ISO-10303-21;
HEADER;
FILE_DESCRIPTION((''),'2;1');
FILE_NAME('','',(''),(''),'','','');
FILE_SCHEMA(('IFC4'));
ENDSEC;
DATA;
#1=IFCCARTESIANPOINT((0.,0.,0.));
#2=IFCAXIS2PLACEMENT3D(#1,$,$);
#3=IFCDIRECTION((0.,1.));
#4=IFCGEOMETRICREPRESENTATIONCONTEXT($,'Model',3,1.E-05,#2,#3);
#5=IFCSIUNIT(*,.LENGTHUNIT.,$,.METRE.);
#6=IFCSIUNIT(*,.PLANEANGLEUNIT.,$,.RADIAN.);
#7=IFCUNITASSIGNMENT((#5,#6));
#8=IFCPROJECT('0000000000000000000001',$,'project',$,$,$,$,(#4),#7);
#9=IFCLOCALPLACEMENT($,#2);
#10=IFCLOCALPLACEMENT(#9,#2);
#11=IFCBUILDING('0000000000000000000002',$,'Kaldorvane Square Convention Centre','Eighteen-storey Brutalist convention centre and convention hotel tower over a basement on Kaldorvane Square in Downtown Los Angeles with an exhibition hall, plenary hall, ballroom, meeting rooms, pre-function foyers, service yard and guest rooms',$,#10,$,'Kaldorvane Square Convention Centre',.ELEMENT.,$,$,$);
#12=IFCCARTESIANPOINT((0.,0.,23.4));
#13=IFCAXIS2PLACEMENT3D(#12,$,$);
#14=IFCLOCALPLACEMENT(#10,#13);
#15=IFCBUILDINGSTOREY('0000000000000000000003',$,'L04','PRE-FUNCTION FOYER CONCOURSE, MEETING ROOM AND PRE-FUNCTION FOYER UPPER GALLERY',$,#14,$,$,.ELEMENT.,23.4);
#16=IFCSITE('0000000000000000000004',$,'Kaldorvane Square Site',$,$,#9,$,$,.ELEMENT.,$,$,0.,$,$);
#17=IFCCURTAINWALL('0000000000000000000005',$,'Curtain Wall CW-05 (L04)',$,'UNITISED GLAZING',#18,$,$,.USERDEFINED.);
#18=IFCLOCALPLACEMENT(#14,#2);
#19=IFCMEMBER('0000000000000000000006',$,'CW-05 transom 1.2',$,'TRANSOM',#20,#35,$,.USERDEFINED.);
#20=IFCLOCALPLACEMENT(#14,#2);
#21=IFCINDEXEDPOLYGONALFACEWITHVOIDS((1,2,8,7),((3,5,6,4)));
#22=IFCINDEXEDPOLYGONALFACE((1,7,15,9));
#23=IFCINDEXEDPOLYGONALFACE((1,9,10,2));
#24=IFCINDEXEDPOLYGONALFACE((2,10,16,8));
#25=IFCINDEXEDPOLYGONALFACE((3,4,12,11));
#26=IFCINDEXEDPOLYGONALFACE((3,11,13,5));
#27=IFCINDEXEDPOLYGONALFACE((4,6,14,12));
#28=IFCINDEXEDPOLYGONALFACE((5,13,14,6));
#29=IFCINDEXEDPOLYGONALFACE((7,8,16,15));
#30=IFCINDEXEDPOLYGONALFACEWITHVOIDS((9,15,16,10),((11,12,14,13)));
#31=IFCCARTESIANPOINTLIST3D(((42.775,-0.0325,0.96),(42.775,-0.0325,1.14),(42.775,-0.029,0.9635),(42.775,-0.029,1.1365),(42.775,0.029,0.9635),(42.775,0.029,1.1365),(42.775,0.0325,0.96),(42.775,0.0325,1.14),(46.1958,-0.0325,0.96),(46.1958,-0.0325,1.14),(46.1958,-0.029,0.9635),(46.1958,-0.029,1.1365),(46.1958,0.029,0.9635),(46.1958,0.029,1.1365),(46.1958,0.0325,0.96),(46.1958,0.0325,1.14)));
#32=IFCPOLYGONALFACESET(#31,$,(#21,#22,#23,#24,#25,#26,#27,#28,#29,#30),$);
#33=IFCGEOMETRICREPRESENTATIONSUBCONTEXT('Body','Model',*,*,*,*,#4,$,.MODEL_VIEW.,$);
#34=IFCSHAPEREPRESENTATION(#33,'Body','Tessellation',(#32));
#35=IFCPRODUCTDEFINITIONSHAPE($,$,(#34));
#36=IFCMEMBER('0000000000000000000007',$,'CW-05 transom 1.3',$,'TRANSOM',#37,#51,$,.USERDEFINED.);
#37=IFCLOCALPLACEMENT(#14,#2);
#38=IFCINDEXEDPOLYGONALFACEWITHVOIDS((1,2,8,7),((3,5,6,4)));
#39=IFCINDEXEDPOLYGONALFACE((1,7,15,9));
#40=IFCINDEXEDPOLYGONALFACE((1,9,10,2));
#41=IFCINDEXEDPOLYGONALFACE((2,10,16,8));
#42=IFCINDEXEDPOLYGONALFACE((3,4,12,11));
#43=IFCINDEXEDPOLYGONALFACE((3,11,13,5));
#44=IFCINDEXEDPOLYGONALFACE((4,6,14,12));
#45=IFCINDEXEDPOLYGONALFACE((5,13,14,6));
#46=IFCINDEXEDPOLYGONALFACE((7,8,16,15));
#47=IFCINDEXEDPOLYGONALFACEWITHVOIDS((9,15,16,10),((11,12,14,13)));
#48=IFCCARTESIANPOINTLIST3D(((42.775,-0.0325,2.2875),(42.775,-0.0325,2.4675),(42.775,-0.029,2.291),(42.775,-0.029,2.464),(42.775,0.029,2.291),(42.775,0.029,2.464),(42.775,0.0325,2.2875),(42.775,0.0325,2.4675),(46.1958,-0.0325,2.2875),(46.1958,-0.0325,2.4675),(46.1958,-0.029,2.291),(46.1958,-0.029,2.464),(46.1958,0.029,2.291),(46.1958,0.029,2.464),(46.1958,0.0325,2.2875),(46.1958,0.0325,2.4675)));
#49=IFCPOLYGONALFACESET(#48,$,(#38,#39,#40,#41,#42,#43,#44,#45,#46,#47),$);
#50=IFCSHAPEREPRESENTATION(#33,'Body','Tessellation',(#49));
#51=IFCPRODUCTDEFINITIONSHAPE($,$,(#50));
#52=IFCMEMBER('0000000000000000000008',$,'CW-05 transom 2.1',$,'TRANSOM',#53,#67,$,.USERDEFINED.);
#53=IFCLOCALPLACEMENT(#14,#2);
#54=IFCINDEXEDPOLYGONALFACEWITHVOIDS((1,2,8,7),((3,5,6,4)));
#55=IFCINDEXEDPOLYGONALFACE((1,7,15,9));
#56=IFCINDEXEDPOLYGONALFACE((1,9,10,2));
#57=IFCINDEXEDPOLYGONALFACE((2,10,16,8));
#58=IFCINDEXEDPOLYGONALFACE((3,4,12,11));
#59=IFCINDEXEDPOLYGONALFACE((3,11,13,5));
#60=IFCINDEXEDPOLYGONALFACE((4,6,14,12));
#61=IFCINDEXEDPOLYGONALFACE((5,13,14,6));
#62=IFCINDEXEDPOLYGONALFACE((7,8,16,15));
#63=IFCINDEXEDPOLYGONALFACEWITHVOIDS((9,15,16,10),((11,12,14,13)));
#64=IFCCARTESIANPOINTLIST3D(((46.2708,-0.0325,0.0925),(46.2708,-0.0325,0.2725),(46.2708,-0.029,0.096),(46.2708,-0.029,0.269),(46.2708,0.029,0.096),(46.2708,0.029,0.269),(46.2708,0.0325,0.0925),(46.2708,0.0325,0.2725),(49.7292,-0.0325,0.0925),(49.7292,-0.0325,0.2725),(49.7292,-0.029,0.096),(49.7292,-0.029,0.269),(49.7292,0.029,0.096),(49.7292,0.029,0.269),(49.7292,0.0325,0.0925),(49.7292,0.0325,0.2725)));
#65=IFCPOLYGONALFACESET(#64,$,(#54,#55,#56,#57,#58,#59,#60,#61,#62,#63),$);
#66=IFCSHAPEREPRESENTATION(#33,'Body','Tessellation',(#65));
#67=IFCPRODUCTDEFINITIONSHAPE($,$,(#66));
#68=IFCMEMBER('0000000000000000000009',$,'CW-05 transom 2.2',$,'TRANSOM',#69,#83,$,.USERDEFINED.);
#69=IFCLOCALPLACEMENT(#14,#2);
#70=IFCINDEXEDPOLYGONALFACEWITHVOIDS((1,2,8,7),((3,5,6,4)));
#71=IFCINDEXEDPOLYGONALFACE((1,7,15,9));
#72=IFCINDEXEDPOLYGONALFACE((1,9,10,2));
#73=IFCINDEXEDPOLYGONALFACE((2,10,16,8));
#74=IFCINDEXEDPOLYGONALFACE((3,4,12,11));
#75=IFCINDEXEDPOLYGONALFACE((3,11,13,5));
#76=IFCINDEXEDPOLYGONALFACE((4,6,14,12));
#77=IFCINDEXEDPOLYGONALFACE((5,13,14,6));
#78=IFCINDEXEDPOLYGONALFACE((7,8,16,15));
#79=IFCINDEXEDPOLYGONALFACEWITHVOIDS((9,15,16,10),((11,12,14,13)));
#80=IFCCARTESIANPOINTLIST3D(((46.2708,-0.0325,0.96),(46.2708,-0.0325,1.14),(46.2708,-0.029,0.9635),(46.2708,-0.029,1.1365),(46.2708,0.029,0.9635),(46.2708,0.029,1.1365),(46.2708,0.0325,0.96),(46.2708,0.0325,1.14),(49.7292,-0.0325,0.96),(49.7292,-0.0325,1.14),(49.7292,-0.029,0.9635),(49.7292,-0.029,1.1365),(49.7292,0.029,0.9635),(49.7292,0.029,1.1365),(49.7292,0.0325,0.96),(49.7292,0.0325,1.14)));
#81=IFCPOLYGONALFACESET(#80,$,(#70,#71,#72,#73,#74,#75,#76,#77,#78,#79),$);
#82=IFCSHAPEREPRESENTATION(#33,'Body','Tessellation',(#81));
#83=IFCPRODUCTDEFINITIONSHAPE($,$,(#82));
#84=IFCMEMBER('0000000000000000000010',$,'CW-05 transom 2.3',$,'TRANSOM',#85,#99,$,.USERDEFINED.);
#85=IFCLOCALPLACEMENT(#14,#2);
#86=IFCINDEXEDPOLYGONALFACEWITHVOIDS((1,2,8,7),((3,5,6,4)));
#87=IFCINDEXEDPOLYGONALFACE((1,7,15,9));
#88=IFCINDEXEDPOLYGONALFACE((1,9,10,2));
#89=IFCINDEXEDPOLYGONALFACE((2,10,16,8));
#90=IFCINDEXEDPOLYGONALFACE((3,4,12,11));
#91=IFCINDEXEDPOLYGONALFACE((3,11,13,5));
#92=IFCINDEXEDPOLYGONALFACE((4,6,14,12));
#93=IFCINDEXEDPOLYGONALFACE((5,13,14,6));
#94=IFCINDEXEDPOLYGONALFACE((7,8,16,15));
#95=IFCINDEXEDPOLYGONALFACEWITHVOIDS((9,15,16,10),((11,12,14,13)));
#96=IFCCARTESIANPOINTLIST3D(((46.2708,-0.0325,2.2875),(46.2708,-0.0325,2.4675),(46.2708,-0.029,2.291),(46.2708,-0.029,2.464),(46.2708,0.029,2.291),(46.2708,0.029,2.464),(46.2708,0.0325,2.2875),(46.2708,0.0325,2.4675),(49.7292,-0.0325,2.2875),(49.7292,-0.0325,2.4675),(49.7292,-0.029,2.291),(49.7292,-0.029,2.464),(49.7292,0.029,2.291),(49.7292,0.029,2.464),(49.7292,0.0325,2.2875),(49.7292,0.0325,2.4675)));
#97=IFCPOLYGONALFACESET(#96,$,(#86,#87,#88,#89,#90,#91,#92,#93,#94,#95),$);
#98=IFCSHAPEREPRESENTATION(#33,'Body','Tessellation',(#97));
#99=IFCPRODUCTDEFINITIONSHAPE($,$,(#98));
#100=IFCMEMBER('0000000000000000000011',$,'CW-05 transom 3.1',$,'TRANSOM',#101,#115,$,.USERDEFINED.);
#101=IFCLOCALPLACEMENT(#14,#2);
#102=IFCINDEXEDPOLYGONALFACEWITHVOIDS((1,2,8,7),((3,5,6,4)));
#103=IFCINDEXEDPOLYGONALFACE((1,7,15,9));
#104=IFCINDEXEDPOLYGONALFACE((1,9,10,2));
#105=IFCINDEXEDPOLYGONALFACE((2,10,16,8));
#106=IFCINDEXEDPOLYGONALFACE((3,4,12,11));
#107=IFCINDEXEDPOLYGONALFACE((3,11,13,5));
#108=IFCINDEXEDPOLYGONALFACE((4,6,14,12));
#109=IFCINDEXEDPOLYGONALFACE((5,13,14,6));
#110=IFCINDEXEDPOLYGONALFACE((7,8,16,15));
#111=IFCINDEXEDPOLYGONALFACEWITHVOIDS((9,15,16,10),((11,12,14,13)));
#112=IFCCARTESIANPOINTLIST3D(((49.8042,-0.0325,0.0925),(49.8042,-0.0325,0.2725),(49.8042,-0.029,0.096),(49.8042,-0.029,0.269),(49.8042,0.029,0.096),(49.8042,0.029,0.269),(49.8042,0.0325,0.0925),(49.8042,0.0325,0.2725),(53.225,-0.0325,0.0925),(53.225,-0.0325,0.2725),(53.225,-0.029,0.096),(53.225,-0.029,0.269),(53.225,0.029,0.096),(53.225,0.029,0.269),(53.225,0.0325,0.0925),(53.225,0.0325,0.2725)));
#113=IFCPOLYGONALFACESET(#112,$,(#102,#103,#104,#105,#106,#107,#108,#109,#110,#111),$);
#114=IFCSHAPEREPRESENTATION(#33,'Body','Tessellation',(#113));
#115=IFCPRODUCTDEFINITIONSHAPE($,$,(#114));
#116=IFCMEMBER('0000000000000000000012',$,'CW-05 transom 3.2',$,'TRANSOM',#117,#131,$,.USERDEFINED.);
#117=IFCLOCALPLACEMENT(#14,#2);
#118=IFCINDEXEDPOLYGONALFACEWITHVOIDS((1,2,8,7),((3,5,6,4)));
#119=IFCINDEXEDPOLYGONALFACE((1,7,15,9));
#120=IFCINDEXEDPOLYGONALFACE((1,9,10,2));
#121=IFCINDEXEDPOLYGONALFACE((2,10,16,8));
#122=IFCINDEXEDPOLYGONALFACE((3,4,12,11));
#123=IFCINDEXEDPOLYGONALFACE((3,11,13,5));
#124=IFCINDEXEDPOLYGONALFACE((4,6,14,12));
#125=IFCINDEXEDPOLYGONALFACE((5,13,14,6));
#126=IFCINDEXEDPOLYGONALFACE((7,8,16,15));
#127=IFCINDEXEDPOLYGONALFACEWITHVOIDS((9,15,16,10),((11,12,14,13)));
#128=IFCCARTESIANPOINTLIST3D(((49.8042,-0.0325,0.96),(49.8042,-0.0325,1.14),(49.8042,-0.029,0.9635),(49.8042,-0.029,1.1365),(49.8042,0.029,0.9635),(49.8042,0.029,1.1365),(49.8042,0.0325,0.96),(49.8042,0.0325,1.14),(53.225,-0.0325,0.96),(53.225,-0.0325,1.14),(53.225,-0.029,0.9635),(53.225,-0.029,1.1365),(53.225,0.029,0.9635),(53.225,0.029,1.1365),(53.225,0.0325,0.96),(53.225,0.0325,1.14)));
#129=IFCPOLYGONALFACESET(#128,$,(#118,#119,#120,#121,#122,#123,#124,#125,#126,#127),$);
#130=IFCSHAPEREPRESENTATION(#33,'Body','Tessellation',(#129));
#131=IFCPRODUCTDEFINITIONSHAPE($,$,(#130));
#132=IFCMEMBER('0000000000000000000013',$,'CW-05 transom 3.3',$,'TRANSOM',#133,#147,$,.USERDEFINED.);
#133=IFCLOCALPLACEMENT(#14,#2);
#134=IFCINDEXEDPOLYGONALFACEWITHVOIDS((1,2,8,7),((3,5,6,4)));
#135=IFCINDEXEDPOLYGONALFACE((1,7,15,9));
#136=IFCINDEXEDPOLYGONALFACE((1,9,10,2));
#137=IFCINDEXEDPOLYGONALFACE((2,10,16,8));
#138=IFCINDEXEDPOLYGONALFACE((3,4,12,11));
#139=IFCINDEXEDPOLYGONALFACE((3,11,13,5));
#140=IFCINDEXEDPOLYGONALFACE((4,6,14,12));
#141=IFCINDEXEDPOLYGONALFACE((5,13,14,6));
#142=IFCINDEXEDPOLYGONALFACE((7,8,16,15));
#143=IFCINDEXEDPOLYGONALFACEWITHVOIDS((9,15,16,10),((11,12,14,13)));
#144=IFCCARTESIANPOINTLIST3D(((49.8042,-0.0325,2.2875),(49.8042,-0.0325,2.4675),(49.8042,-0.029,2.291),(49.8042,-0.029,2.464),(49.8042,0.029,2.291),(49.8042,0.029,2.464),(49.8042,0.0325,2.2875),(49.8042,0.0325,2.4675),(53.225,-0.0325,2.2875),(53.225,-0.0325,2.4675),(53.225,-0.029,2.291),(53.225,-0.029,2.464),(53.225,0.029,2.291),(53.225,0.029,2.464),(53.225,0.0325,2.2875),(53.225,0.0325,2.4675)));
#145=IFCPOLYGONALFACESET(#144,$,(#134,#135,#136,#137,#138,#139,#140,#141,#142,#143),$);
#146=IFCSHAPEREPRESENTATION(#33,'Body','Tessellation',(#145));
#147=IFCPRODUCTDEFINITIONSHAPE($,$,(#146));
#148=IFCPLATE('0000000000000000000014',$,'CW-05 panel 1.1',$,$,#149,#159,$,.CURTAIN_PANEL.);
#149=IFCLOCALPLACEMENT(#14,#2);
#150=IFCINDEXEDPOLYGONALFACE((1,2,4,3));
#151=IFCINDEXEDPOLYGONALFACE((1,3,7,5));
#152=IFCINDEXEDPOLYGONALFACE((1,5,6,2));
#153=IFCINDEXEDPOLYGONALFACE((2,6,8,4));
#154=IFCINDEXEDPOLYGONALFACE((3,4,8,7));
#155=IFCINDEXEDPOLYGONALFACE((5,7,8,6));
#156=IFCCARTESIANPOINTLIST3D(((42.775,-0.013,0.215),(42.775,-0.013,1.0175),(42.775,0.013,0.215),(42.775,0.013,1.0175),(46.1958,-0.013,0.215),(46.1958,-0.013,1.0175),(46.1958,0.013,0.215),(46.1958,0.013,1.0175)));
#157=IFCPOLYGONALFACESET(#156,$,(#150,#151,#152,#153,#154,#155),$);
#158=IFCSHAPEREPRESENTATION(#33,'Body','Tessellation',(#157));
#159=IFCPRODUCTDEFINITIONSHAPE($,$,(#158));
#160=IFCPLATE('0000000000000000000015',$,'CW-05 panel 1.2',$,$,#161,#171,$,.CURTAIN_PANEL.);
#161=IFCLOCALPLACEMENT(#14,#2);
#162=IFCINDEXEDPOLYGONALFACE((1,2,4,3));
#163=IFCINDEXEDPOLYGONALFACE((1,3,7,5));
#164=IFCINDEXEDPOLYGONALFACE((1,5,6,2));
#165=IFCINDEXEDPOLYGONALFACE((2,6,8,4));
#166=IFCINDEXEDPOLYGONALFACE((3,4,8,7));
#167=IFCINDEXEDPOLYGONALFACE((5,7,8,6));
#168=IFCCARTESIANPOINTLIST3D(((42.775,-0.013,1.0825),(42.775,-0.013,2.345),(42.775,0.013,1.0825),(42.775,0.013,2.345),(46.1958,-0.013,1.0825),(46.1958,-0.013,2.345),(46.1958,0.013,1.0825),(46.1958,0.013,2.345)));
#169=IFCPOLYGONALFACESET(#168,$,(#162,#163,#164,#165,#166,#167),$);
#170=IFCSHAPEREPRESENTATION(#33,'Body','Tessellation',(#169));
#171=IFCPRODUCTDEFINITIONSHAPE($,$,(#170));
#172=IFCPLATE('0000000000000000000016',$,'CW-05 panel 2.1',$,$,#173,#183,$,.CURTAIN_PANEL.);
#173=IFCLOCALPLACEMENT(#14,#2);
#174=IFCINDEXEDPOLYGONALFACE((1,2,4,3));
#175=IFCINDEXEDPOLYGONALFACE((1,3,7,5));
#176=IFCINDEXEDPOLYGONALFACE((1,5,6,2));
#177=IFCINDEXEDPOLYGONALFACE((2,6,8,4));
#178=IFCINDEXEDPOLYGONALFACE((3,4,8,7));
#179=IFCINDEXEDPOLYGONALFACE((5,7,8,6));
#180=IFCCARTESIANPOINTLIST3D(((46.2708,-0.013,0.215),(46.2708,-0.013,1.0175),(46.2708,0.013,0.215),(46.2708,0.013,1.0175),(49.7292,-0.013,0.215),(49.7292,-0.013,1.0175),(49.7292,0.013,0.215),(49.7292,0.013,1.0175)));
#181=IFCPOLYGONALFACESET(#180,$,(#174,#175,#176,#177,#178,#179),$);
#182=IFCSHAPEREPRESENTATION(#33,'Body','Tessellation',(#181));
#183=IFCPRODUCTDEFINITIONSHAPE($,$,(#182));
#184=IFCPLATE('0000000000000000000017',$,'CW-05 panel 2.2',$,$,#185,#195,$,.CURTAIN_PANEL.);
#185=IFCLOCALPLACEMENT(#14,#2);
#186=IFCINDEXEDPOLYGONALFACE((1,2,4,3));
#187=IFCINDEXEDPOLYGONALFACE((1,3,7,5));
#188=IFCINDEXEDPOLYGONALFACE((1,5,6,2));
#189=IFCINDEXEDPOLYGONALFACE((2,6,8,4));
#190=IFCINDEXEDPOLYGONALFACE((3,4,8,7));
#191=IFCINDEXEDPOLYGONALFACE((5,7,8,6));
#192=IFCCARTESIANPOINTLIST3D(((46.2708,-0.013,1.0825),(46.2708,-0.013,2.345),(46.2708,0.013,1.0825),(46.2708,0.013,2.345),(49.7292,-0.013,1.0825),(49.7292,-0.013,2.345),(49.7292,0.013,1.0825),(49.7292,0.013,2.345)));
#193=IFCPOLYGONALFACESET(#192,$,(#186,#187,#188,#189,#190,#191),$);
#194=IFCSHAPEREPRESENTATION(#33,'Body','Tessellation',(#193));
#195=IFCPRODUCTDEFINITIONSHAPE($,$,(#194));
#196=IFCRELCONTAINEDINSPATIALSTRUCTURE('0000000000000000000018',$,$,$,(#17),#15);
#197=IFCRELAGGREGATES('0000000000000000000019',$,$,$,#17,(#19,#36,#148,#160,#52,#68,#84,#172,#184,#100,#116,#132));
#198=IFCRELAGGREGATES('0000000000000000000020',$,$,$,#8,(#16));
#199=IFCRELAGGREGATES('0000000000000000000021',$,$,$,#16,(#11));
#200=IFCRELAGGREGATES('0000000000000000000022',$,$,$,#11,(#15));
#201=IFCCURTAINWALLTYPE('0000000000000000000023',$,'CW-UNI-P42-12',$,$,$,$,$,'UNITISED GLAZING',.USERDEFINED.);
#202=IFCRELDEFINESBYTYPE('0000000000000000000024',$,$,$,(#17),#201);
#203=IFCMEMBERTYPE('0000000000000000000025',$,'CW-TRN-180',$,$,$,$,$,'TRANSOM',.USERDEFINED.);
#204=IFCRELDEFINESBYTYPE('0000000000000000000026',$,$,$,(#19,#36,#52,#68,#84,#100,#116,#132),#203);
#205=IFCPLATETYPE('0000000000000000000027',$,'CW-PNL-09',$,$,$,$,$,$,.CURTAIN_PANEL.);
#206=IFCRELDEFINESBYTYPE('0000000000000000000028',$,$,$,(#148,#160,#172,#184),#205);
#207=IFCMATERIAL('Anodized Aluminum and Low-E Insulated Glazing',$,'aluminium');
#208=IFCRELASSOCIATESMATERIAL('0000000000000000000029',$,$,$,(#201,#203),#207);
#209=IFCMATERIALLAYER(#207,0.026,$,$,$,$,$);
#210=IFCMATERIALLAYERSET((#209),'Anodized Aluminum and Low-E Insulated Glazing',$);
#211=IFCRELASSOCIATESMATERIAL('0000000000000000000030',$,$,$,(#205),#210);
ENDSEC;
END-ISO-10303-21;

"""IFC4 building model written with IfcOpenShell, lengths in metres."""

from ifc_helpers import new_model, si_unit, direction, frame, origin, origin_2d, place, context, subcontext, project, spatial, rectangle, hollow_rectangle, extrude, material, layer, layer_set, material_profile, profile_set, type_object, element, aggregate, save


model = new_model("IFC4")

# Units and contexts
model_context = context("Model", 3, precision=1e-05, world=origin(), true_north=direction((0.0, 1.0)))
body_context = subcontext(model_context, "Body", "Model", "MODEL_VIEW")
ifc_project = project(units=[si_unit("LENGTHUNIT", "METRE"), si_unit("PLANEANGLEUNIT", "RADIAN")], contexts=[model_context])

# Site, building, storey
site_placement = place(None, origin())
site = spatial("IfcSite", under=ifc_project, at=site_placement, Name="Kaldorvane Square Site", CompositionType="ELEMENT", RefElevation=0.0)
building_placement = place(site_placement, origin())
building = spatial("IfcBuilding", under=site, at=building_placement, Name="Kaldorvane Square Convention Centre", Description="Eighteen-storey Brutalist convention centre and convention hotel tower over a basement on Kaldorvane Square in Downtown Los Angeles with an exhibition hall, plenary hall, ballroom, meeting rooms, pre-function foyers, service yard and guest rooms", LongName="Kaldorvane Square Convention Centre", CompositionType="ELEMENT")
storey_placement = place(building_placement, frame((0.0, 0.0, 23.4)))
storey = spatial("IfcBuildingStorey", under=building, at=storey_placement, Name="L04", Description="PRE-FUNCTION FOYER CONCOURSE, MEETING ROOM AND PRE-FUNCTION FOYER UPPER GALLERY", CompositionType="ELEMENT", Elevation=23.4)

# Curtain wall, members, plates
ifc_material_1 = material(Name="Anodized Aluminum and Low-E Insulated Glazing", Category="aluminium")
curtain_wall_type = type_object("IfcCurtainWallType", Name="CW-UNI-P42-12", ElementType="UNITISED GLAZING", PredefinedType="USERDEFINED", material=ifc_material_1)
curtain_wall_placement = place(storey_placement, origin())
curtain_wall = element("IfcCurtainWall", 1, at=curtain_wall_placement, inside=storey, type_object=curtain_wall_type, Name="Curtain Wall CW-05 (L04)", ObjectType="UNITISED GLAZING", PredefinedType="USERDEFINED")
ifc_material_profile_1 = material_profile(ifc_material_1, hollow_rectangle(XDim=0.065, YDim=0.18, WallThickness=0.0035, at=origin_2d()), Name="CWT-180X65")
ifc_profile_set_1 = profile_set([ifc_material_profile_1], Name="Anodized Aluminum and Low-E Insulated Glazing")
member_type_1 = type_object("IfcMemberType", Name="CW-TRN-180", ElementType="TRANSOM", PredefinedType="USERDEFINED", material=ifc_profile_set_1)
member_1_placement = place(storey_placement, frame((42.775, 0.0, 1.05), z_axis=(1.0, 0.0, 0.0), x_axis=(0.0, 1.0, 0.0)))
member_1 = element("IfcMember", 2, at=member_1_placement, type_object=member_type_1, Name="CW-05 transom 1.2", ObjectType="TRANSOM", PredefinedType="USERDEFINED", context=body_context, shape_type="SweptSolid", body=[
    extrude(hollow_rectangle(XDim=0.065, YDim=0.18, WallThickness=0.0035, at=origin_2d()), origin(), (0.0, 0.0, 1.0), 3.4208),
])
member_2_placement = place(storey_placement, frame((42.775, 0.0, 2.3775), z_axis=(1.0, 0.0, 0.0), x_axis=(0.0, 1.0, 0.0)))
member_2 = element("IfcMember", 3, at=member_2_placement, type_object=member_type_1, Name="CW-05 transom 1.3", ObjectType="TRANSOM", PredefinedType="USERDEFINED", context=body_context, shape_type="SweptSolid", body=[
    extrude(hollow_rectangle(XDim=0.065, YDim=0.18, WallThickness=0.0035, at=origin_2d()), origin(), (0.0, 0.0, 1.0), 3.4208),
])
member_3_placement = place(storey_placement, frame((46.2708, 0.0, 0.1825), z_axis=(1.0, 0.0, 0.0), x_axis=(0.0, 1.0, 0.0)))
member_3 = element("IfcMember", 4, at=member_3_placement, type_object=member_type_1, Name="CW-05 transom 2.1", ObjectType="TRANSOM", PredefinedType="USERDEFINED", context=body_context, shape_type="SweptSolid", body=[
    extrude(hollow_rectangle(XDim=0.065, YDim=0.18, WallThickness=0.0035, at=origin_2d()), origin(), (0.0, 0.0, 1.0), 3.4583),
])
member_4_placement = place(storey_placement, frame((46.2708, 0.0, 1.05), z_axis=(1.0, 0.0, 0.0), x_axis=(0.0, 1.0, 0.0)))
member_4 = element("IfcMember", 5, at=member_4_placement, type_object=member_type_1, Name="CW-05 transom 2.2", ObjectType="TRANSOM", PredefinedType="USERDEFINED", context=body_context, shape_type="SweptSolid", body=[
    extrude(hollow_rectangle(XDim=0.065, YDim=0.18, WallThickness=0.0035, at=origin_2d()), origin(), (0.0, 0.0, 1.0), 3.4583),
])
member_5_placement = place(storey_placement, frame((46.2708, 0.0, 2.3775), z_axis=(1.0, 0.0, 0.0), x_axis=(0.0, 1.0, 0.0)))
member_5 = element("IfcMember", 6, at=member_5_placement, type_object=member_type_1, Name="CW-05 transom 2.3", ObjectType="TRANSOM", PredefinedType="USERDEFINED", context=body_context, shape_type="SweptSolid", body=[
    extrude(hollow_rectangle(XDim=0.065, YDim=0.18, WallThickness=0.0035, at=origin_2d()), origin(), (0.0, 0.0, 1.0), 3.4583),
])
member_6_placement = place(storey_placement, frame((49.8042, 0.0, 0.1825), z_axis=(1.0, 0.0, 0.0), x_axis=(0.0, 1.0, 0.0)))
member_6 = element("IfcMember", 7, at=member_6_placement, type_object=member_type_1, Name="CW-05 transom 3.1", ObjectType="TRANSOM", PredefinedType="USERDEFINED", context=body_context, shape_type="SweptSolid", body=[
    extrude(hollow_rectangle(XDim=0.065, YDim=0.18, WallThickness=0.0035, at=origin_2d()), origin(), (0.0, 0.0, 1.0), 3.4208),
])
member_7_placement = place(storey_placement, frame((49.8042, 0.0, 1.05), z_axis=(1.0, 0.0, 0.0), x_axis=(0.0, 1.0, 0.0)))
member_7 = element("IfcMember", 8, at=member_7_placement, type_object=member_type_1, Name="CW-05 transom 3.2", ObjectType="TRANSOM", PredefinedType="USERDEFINED", context=body_context, shape_type="SweptSolid", body=[
    extrude(hollow_rectangle(XDim=0.065, YDim=0.18, WallThickness=0.0035, at=origin_2d()), origin(), (0.0, 0.0, 1.0), 3.4208),
])
member_8_placement = place(storey_placement, frame((49.8042, 0.0, 2.3775), z_axis=(1.0, 0.0, 0.0), x_axis=(0.0, 1.0, 0.0)))
member_8 = element("IfcMember", 9, at=member_8_placement, type_object=member_type_1, Name="CW-05 transom 3.3", ObjectType="TRANSOM", PredefinedType="USERDEFINED", context=body_context, shape_type="SweptSolid", body=[
    extrude(hollow_rectangle(XDim=0.065, YDim=0.18, WallThickness=0.0035, at=origin_2d()), origin(), (0.0, 0.0, 1.0), 3.4208),
])
ifc_layer_1 = layer(ifc_material_1, 0.026)
ifc_layer_set_1 = layer_set([ifc_layer_1], Name="Anodized Aluminum and Low-E Insulated Glazing")
plate_type = type_object("IfcPlateType", Name="CW-PNL-09", PredefinedType="CURTAIN_PANEL", material=ifc_layer_set_1)
plate_1_placement = place(storey_placement, frame((44.4854, 0.0, 0.215), z_axis=(0.0, 0.0, 1.0), x_axis=(1.0, 0.0, 0.0)))
plate_1 = element("IfcPlate", 10, at=plate_1_placement, type_object=plate_type, Name="CW-05 panel 1.1", PredefinedType="CURTAIN_PANEL", context=body_context, shape_type="SweptSolid", body=[
    extrude(rectangle(XDim=3.4208, YDim=0.026, at=origin_2d()), origin(), (0.0, 0.0, 1.0), 0.8025),
])
plate_2_placement = place(storey_placement, frame((44.4854, 0.0, 1.0825), z_axis=(0.0, 0.0, 1.0), x_axis=(1.0, 0.0, 0.0)))
plate_2 = element("IfcPlate", 11, at=plate_2_placement, type_object=plate_type, Name="CW-05 panel 1.2", PredefinedType="CURTAIN_PANEL", context=body_context, shape_type="SweptSolid", body=[
    extrude(rectangle(XDim=3.4208, YDim=0.026, at=origin_2d()), origin(), (0.0, 0.0, 1.0), 1.2625),
])
plate_3_placement = place(storey_placement, frame((48.0, 0.0, 0.215), z_axis=(0.0, 0.0, 1.0), x_axis=(1.0, 0.0, 0.0)))
plate_3 = element("IfcPlate", 12, at=plate_3_placement, type_object=plate_type, Name="CW-05 panel 2.1", PredefinedType="CURTAIN_PANEL", context=body_context, shape_type="SweptSolid", body=[
    extrude(rectangle(XDim=3.4583, YDim=0.026, at=origin_2d()), origin(), (0.0, 0.0, 1.0), 0.8025),
])
plate_4_placement = place(storey_placement, frame((48.0, 0.0, 1.0825), z_axis=(0.0, 0.0, 1.0), x_axis=(1.0, 0.0, 0.0)))
plate_4 = element("IfcPlate", 13, at=plate_4_placement, type_object=plate_type, Name="CW-05 panel 2.2", PredefinedType="CURTAIN_PANEL", context=body_context, shape_type="SweptSolid", body=[
    extrude(rectangle(XDim=3.4583, YDim=0.026, at=origin_2d()), origin(), (0.0, 0.0, 1.0), 1.2625),
])
aggregate(curtain_wall, [member_1, member_2, plate_1, plate_2, member_3, member_4, member_5, plate_3, plate_4, member_6, member_7, member_8])

save(model, "model.ifc")
